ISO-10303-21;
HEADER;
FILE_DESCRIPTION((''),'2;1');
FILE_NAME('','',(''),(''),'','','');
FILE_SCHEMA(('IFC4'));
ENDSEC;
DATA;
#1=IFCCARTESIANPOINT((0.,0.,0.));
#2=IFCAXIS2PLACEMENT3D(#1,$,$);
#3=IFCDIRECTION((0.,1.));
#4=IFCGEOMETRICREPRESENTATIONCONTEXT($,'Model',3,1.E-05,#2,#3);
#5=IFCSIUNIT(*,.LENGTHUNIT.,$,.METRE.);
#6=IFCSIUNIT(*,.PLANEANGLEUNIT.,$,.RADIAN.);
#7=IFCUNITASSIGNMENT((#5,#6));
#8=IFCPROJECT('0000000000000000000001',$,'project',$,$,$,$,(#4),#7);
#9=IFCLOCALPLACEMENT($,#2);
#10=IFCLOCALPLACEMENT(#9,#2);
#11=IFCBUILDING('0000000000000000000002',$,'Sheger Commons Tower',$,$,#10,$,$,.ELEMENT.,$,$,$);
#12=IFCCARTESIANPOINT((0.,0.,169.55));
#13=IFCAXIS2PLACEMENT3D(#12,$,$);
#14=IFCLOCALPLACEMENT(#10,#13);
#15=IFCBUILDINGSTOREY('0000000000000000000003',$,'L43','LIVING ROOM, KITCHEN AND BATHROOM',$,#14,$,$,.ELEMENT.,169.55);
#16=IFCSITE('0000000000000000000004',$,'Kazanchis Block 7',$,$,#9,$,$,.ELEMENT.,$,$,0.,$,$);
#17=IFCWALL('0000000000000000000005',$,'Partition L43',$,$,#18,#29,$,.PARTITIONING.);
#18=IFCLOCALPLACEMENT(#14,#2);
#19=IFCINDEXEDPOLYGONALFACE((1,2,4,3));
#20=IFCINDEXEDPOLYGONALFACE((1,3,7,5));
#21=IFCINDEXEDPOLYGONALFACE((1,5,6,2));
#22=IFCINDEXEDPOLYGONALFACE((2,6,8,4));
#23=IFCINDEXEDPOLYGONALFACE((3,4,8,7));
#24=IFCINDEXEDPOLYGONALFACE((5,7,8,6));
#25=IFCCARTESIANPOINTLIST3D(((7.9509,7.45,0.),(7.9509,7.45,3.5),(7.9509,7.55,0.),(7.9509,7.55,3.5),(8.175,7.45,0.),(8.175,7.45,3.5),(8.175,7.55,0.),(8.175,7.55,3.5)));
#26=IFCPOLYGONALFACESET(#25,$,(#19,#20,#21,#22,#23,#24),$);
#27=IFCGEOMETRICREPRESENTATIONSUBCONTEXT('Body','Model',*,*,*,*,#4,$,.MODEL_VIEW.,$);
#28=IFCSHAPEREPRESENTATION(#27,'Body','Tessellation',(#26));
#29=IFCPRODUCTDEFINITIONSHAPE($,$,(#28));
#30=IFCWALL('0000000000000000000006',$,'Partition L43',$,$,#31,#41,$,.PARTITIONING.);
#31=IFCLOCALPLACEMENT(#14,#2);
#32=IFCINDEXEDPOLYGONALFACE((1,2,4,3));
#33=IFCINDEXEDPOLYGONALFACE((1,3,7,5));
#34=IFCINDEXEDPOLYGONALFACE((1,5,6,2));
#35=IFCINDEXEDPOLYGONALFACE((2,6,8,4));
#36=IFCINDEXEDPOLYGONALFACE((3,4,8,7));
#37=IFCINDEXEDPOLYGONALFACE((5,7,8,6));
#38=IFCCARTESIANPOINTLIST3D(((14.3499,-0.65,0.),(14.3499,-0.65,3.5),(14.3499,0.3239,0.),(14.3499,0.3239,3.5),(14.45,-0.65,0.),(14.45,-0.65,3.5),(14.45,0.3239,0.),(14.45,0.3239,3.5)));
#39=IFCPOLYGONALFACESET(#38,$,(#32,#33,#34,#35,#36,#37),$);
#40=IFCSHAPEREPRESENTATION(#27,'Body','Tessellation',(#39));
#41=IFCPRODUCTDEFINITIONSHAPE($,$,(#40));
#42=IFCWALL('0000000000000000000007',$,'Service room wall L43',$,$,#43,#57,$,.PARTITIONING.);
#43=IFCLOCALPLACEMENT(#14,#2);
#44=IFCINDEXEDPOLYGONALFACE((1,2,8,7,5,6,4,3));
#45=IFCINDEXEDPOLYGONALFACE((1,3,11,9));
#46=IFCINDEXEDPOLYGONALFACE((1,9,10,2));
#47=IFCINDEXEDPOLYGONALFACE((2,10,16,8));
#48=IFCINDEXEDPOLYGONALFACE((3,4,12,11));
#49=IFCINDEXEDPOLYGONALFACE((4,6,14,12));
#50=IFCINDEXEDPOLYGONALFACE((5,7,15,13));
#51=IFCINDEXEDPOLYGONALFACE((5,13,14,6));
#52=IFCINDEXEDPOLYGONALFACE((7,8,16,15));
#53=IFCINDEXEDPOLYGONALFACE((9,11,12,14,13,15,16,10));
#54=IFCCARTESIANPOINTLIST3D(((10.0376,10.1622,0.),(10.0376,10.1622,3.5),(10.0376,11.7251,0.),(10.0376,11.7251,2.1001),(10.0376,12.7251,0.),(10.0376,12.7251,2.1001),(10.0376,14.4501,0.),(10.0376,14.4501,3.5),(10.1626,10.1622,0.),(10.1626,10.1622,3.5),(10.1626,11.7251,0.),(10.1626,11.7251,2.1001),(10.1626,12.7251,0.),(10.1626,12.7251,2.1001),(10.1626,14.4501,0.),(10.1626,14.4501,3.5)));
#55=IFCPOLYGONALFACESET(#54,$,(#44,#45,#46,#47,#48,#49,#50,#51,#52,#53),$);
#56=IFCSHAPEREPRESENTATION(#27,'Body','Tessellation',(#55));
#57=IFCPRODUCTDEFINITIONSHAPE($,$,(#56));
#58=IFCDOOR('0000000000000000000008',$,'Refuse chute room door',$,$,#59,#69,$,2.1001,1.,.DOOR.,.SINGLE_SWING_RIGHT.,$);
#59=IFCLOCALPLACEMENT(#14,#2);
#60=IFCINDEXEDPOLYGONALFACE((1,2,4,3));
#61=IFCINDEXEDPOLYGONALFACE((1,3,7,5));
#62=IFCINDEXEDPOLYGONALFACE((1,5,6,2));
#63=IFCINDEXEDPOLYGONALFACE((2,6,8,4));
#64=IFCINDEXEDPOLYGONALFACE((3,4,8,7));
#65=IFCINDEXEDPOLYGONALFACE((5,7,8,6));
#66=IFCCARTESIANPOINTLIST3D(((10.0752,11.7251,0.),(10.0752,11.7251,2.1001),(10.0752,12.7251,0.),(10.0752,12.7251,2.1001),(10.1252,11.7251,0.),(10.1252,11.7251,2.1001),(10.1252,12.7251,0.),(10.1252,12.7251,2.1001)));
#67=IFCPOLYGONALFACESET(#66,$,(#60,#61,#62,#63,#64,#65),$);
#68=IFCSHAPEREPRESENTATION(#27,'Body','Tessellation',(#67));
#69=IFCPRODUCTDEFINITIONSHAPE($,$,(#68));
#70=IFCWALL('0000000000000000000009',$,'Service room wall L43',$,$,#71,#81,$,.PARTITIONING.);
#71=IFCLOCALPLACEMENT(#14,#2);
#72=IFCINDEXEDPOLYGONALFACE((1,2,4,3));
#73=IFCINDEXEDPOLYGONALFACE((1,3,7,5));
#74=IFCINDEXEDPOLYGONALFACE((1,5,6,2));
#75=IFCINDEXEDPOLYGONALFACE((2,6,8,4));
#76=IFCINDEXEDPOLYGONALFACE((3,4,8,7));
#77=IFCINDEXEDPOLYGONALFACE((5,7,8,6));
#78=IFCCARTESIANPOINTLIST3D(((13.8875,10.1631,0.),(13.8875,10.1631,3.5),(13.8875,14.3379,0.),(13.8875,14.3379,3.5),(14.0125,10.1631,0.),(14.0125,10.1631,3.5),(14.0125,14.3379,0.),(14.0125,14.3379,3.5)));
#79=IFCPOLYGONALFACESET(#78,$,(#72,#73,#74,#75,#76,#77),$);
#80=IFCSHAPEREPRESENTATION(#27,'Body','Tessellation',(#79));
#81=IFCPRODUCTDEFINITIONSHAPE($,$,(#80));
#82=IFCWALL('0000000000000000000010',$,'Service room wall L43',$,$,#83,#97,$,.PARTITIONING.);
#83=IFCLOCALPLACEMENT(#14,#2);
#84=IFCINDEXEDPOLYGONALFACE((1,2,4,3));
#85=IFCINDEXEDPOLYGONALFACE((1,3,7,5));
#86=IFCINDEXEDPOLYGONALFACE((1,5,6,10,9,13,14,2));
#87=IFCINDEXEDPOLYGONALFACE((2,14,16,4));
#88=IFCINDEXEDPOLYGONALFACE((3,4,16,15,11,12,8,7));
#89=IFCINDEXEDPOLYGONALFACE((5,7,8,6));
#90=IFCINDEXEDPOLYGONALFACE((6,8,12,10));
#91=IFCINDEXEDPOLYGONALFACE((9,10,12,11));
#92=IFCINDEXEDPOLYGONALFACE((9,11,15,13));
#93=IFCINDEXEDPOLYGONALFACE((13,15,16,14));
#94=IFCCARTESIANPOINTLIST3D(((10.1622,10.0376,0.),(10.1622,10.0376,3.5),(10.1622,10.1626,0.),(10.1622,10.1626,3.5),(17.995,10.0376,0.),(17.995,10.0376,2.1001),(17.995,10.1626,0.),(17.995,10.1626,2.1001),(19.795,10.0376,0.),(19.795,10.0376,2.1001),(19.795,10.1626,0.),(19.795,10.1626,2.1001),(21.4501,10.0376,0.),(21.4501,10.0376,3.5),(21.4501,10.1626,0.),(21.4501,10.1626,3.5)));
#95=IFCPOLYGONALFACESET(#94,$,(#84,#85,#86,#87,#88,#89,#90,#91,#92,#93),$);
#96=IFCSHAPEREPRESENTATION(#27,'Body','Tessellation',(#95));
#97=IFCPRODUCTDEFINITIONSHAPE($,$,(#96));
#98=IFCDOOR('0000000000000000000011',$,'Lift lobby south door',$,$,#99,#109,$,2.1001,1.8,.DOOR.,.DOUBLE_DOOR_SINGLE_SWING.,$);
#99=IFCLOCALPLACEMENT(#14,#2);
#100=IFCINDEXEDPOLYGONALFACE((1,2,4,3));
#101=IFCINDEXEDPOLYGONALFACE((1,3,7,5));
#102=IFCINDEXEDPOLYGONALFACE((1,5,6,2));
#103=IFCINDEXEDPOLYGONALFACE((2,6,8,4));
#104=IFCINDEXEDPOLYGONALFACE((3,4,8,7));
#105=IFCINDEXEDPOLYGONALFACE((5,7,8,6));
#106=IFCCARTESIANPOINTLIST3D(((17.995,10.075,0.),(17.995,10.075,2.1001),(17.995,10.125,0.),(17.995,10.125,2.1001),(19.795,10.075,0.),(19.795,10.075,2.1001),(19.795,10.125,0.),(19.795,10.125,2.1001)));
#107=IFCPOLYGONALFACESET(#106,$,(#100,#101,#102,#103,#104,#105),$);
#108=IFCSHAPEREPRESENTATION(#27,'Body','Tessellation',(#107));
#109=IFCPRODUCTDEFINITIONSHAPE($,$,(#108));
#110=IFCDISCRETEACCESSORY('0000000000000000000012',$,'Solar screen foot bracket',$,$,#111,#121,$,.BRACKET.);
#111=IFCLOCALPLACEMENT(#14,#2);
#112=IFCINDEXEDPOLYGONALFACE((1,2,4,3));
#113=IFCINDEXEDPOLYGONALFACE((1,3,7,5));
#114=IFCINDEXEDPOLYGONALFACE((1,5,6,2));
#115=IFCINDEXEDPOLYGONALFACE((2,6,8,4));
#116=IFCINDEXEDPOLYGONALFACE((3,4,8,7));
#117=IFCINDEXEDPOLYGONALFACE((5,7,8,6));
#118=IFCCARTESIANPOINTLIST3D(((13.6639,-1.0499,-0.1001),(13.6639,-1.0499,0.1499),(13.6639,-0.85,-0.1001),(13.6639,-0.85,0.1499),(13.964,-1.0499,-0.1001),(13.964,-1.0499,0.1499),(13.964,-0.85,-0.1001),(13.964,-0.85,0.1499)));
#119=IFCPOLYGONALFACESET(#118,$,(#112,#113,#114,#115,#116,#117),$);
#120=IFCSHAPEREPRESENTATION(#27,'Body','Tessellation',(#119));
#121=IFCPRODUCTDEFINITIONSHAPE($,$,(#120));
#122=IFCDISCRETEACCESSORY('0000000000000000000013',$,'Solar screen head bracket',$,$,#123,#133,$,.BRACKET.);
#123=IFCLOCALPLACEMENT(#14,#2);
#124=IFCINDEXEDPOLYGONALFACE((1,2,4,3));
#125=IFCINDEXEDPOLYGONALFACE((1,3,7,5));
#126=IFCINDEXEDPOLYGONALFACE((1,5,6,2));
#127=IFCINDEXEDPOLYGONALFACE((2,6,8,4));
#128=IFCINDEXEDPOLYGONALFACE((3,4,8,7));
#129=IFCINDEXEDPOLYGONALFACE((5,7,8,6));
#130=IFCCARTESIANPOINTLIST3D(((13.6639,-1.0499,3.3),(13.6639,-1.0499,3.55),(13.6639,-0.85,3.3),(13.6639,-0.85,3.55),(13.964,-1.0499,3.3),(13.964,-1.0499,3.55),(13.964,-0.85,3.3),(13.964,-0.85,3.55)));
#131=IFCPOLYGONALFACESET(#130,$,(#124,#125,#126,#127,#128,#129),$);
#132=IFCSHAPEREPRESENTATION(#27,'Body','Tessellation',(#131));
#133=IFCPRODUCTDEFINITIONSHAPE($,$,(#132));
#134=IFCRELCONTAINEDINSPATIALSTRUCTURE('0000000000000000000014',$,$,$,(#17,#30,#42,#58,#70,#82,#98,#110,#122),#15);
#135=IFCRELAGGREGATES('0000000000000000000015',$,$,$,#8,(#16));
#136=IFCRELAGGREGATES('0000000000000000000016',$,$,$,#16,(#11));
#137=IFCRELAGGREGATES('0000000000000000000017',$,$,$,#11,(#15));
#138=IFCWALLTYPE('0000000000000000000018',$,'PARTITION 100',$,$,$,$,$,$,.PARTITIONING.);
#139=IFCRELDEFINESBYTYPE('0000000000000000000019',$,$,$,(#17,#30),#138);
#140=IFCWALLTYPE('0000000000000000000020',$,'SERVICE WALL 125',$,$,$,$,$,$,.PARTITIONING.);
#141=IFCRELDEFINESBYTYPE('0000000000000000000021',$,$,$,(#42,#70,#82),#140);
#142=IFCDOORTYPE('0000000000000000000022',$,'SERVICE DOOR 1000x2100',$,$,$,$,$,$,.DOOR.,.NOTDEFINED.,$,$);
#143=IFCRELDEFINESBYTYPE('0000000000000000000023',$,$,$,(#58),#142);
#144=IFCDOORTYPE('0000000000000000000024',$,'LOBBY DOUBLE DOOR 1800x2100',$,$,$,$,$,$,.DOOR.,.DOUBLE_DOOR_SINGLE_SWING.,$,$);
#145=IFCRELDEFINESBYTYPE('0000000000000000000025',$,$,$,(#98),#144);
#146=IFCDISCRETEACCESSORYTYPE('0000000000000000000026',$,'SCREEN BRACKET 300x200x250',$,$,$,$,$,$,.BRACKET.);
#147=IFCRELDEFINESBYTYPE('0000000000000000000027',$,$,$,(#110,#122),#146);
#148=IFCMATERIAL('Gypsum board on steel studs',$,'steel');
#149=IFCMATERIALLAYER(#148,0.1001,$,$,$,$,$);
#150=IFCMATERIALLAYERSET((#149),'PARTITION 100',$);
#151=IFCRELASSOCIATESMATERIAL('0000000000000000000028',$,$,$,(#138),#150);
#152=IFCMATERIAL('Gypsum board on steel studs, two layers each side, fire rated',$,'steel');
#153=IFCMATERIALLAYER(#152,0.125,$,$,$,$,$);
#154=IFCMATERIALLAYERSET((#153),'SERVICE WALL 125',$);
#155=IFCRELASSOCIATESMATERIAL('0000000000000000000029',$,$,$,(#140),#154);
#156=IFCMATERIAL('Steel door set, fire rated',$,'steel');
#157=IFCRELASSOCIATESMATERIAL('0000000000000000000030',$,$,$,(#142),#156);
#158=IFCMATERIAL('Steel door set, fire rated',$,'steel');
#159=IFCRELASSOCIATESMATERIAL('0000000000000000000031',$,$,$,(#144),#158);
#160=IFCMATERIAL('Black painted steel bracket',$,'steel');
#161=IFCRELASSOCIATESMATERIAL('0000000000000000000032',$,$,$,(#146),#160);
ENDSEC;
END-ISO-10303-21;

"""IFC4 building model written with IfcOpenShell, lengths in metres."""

from ifc_helpers import new_model, si_unit, direction, frame, frame_2d, origin, origin_2d, place, context, subcontext, project, spatial, rectangle, extrude, material, layer, layer_set, type_object, element, fill, save


model = new_model("IFC4")

# Units and contexts
model_context = context("Model", 3, precision=1e-05, world=origin(), true_north=direction((0.0, 1.0)))
body_context = subcontext(model_context, "Body", "Model", "MODEL_VIEW")
ifc_project = project(units=[si_unit("LENGTHUNIT", "METRE"), si_unit("PLANEANGLEUNIT", "RADIAN")], contexts=[model_context])

# Site, building, storey
site_placement = place(None, origin())
site = spatial("IfcSite", under=ifc_project, at=site_placement, Name="Kazanchis Block 7", CompositionType="ELEMENT", RefElevation=0.0)
building_placement = place(site_placement, origin())
building = spatial("IfcBuilding", under=site, at=building_placement, Name="Sheger Commons Tower", CompositionType="ELEMENT")
storey_placement = place(building_placement, frame((0.0, 0.0, 169.55)))
storey = spatial("IfcBuildingStorey", under=building, at=storey_placement, Name="L43", Description="LIVING ROOM, KITCHEN AND BATHROOM", CompositionType="ELEMENT", Elevation=169.55)

# Walls
ifc_material_1 = material(Name="Gypsum board on steel studs", Category="steel")
ifc_layer_1 = layer(ifc_material_1, 0.1001)
ifc_layer_set_1 = layer_set([ifc_layer_1], Name="PARTITION 100")
wall_type_1 = type_object("IfcWallType", Name="PARTITION 100", PredefinedType="PARTITIONING", material=ifc_layer_set_1)
wall_1_placement = place(storey_placement, frame((7.9509, 7.5, 0.0), z_axis=(0.0, 0.0, 1.0), x_axis=(1.0, 0.0, 0.0)))
element("IfcWall", 1, at=wall_1_placement, inside=storey, type_object=wall_type_1, Name="Partition L43", PredefinedType="PARTITIONING", context=body_context, shape_type="SweptSolid", body=[
    extrude(rectangle(XDim=0.2241, YDim=0.1001, at=frame_2d((0.1121, 0.0))), origin(), (0.0, 0.0, 1.0), 3.5),
])
wall_2_placement = place(storey_placement, frame((14.3999, -0.6499, 0.0), z_axis=(0.0, 0.0, 1.0), x_axis=(0.0, 1.0, 0.0)))
element("IfcWall", 2, at=wall_2_placement, inside=storey, type_object=wall_type_1, Name="Partition L43", PredefinedType="PARTITIONING", context=body_context, shape_type="SweptSolid", body=[
    extrude(rectangle(XDim=0.9739, YDim=0.1001, at=frame_2d((0.4868, 0.0))), origin(), (0.0, 0.0, 1.0), 3.5),
])

# Wall, opening, door
ifc_material_2 = material(Name="Gypsum board on steel studs, two layers each side, fire rated", Category="steel")
ifc_layer_2 = layer(ifc_material_2, 0.125)
ifc_layer_set_2 = layer_set([ifc_layer_2], Name="SERVICE WALL 125")
wall_type_2 = type_object("IfcWallType", Name="SERVICE WALL 125", PredefinedType="PARTITIONING", material=ifc_layer_set_2)
wall_3_placement = place(storey_placement, frame((10.1001, 10.1621, 0.0), z_axis=(0.0, 0.0, 1.0), x_axis=(0.0, 1.0, 0.0)))
wall_3 = element("IfcWall", 3, at=wall_3_placement, inside=storey, type_object=wall_type_2, Name="Service room wall L43", PredefinedType="PARTITIONING", context=body_context, shape_type="SweptSolid", body=[
    extrude(rectangle(XDim=4.2878, YDim=0.125, at=frame_2d((2.144, 0.0))), origin(), (0.0, 0.0, 1.0), 3.5),
])
opening_1_placement = place(wall_3_placement, frame((1.563, 0.0, 0.0)))
opening_1 = element("IfcOpeningElement", 4, at=opening_1_placement, cuts=wall_3, PredefinedType="OPENING", context=body_context, shape_type="SweptSolid", body=[
    extrude(rectangle(XDim=1.0, YDim=2.1001, at=frame_2d((0.5, 1.05))), frame((0.0, 0.0725, 0.0), z_axis=(0.0, -1.0, 0.0), x_axis=(1.0, 0.0, 0.0)), (0.0, 0.0, 1.0), 0.145),
])
ifc_material_3 = material(Name="Steel door set, fire rated", Category="steel")
door_type_1 = type_object("IfcDoorType", Name="SERVICE DOOR 1000x2100", OperationType="NOTDEFINED", PredefinedType="DOOR", material=ifc_material_3)
door_1_placement = place(opening_1_placement, origin())
door_1 = element("IfcDoor", 5, at=door_1_placement, inside=storey, type_object=door_type_1, Name="Refuse chute room door", OperationType="SINGLE_SWING_RIGHT", OverallHeight=2.1001, OverallWidth=1.0, PredefinedType="DOOR", context=body_context, shape_type="SweptSolid", body=[
    extrude(rectangle(XDim=1.0, YDim=2.1001, at=frame_2d((0.5, 1.05))), frame((0.0, 0.0249, 0.0), z_axis=(0.0, -1.0, 0.0), x_axis=(1.0, 0.0, 0.0)), (0.0, 0.0, 1.0), 0.05),
])
fill(opening_1, door_1)

# Wall
wall_4_placement = place(storey_placement, frame((13.95, 10.1631, 0.0), z_axis=(0.0, 0.0, 1.0), x_axis=(0.0, 1.0, 0.0)))
element("IfcWall", 6, at=wall_4_placement, inside=storey, type_object=wall_type_2, Name="Service room wall L43", PredefinedType="PARTITIONING", context=body_context, shape_type="SweptSolid", body=[
    extrude(rectangle(XDim=4.1748, YDim=0.125, at=frame_2d((2.0874, 0.0))), origin(), (0.0, 0.0, 1.0), 3.5),
])

# Wall, opening, door
wall_5_placement = place(storey_placement, frame((10.1621, 10.1001, 0.0), z_axis=(0.0, 0.0, 1.0), x_axis=(1.0, 0.0, 0.0)))
wall_5 = element("IfcWall", 7, at=wall_5_placement, inside=storey, type_object=wall_type_2, Name="Service room wall L43", PredefinedType="PARTITIONING", context=body_context, shape_type="SweptSolid", body=[
    extrude(rectangle(XDim=11.2878, YDim=0.125, at=frame_2d((5.644, 0.0))), origin(), (0.0, 0.0, 1.0), 3.5),
])
opening_2_placement = place(wall_5_placement, frame((7.833, 0.0, 0.0)))
opening_2 = element("IfcOpeningElement", 8, at=opening_2_placement, cuts=wall_5, PredefinedType="OPENING", context=body_context, shape_type="SweptSolid", body=[
    extrude(rectangle(XDim=1.8, YDim=2.1001, at=frame_2d((0.8999, 1.05))), frame((0.0, 0.0725, 0.0), z_axis=(0.0, -1.0, 0.0), x_axis=(1.0, 0.0, 0.0)), (0.0, 0.0, 1.0), 0.145),
])
ifc_material_4 = material(Name="Steel door set, fire rated", Category="steel")
door_type_2 = type_object("IfcDoorType", Name="LOBBY DOUBLE DOOR 1800x2100", OperationType="DOUBLE_DOOR_SINGLE_SWING", PredefinedType="DOOR", material=ifc_material_4)
door_2_placement = place(opening_2_placement, origin())
door_2 = element("IfcDoor", 9, at=door_2_placement, inside=storey, type_object=door_type_2, Name="Lift lobby south door", OperationType="DOUBLE_DOOR_SINGLE_SWING", OverallHeight=2.1001, OverallWidth=1.8, PredefinedType="DOOR", context=body_context, shape_type="SweptSolid", body=[
    extrude(rectangle(XDim=1.8, YDim=2.1001, at=frame_2d((0.8999, 1.05))), frame((0.0, 0.0249, 0.0), z_axis=(0.0, -1.0, 0.0), x_axis=(1.0, 0.0, 0.0)), (0.0, 0.0, 1.0), 0.05),
])
fill(opening_2, door_2)

# Discrete accessories
ifc_material_5 = material(Name="Black painted steel bracket", Category="steel")
discrete_accessory_type = type_object("IfcDiscreteAccessoryType", Name="SCREEN BRACKET 300x200x250", PredefinedType="BRACKET", material=ifc_material_5)
for number, where, z_axis, x_axis, name in (
    (10, (13.814, -0.95, -0.1001), (0.0, 0.0, 1.0), (1.0, 0.0, 0.0), "Solar screen foot bracket"),
    (11, (13.814, -0.95, 3.3), (0.0, 0.0, 1.0), (1.0, 0.0, 0.0), "Solar screen head bracket"),
):
    element("IfcDiscreteAccessory", number, at=place(storey_placement, frame(where, z_axis=z_axis, x_axis=x_axis)), inside=storey, type_object=discrete_accessory_type, Name=name, PredefinedType="BRACKET", context=body_context, shape_type="SweptSolid", body=[
        extrude(rectangle(XDim=0.3, YDim=0.2, at=origin_2d()), origin(), (0.0, 0.0, 1.0), 0.25),
    ])

save(model, "model.ifc")
